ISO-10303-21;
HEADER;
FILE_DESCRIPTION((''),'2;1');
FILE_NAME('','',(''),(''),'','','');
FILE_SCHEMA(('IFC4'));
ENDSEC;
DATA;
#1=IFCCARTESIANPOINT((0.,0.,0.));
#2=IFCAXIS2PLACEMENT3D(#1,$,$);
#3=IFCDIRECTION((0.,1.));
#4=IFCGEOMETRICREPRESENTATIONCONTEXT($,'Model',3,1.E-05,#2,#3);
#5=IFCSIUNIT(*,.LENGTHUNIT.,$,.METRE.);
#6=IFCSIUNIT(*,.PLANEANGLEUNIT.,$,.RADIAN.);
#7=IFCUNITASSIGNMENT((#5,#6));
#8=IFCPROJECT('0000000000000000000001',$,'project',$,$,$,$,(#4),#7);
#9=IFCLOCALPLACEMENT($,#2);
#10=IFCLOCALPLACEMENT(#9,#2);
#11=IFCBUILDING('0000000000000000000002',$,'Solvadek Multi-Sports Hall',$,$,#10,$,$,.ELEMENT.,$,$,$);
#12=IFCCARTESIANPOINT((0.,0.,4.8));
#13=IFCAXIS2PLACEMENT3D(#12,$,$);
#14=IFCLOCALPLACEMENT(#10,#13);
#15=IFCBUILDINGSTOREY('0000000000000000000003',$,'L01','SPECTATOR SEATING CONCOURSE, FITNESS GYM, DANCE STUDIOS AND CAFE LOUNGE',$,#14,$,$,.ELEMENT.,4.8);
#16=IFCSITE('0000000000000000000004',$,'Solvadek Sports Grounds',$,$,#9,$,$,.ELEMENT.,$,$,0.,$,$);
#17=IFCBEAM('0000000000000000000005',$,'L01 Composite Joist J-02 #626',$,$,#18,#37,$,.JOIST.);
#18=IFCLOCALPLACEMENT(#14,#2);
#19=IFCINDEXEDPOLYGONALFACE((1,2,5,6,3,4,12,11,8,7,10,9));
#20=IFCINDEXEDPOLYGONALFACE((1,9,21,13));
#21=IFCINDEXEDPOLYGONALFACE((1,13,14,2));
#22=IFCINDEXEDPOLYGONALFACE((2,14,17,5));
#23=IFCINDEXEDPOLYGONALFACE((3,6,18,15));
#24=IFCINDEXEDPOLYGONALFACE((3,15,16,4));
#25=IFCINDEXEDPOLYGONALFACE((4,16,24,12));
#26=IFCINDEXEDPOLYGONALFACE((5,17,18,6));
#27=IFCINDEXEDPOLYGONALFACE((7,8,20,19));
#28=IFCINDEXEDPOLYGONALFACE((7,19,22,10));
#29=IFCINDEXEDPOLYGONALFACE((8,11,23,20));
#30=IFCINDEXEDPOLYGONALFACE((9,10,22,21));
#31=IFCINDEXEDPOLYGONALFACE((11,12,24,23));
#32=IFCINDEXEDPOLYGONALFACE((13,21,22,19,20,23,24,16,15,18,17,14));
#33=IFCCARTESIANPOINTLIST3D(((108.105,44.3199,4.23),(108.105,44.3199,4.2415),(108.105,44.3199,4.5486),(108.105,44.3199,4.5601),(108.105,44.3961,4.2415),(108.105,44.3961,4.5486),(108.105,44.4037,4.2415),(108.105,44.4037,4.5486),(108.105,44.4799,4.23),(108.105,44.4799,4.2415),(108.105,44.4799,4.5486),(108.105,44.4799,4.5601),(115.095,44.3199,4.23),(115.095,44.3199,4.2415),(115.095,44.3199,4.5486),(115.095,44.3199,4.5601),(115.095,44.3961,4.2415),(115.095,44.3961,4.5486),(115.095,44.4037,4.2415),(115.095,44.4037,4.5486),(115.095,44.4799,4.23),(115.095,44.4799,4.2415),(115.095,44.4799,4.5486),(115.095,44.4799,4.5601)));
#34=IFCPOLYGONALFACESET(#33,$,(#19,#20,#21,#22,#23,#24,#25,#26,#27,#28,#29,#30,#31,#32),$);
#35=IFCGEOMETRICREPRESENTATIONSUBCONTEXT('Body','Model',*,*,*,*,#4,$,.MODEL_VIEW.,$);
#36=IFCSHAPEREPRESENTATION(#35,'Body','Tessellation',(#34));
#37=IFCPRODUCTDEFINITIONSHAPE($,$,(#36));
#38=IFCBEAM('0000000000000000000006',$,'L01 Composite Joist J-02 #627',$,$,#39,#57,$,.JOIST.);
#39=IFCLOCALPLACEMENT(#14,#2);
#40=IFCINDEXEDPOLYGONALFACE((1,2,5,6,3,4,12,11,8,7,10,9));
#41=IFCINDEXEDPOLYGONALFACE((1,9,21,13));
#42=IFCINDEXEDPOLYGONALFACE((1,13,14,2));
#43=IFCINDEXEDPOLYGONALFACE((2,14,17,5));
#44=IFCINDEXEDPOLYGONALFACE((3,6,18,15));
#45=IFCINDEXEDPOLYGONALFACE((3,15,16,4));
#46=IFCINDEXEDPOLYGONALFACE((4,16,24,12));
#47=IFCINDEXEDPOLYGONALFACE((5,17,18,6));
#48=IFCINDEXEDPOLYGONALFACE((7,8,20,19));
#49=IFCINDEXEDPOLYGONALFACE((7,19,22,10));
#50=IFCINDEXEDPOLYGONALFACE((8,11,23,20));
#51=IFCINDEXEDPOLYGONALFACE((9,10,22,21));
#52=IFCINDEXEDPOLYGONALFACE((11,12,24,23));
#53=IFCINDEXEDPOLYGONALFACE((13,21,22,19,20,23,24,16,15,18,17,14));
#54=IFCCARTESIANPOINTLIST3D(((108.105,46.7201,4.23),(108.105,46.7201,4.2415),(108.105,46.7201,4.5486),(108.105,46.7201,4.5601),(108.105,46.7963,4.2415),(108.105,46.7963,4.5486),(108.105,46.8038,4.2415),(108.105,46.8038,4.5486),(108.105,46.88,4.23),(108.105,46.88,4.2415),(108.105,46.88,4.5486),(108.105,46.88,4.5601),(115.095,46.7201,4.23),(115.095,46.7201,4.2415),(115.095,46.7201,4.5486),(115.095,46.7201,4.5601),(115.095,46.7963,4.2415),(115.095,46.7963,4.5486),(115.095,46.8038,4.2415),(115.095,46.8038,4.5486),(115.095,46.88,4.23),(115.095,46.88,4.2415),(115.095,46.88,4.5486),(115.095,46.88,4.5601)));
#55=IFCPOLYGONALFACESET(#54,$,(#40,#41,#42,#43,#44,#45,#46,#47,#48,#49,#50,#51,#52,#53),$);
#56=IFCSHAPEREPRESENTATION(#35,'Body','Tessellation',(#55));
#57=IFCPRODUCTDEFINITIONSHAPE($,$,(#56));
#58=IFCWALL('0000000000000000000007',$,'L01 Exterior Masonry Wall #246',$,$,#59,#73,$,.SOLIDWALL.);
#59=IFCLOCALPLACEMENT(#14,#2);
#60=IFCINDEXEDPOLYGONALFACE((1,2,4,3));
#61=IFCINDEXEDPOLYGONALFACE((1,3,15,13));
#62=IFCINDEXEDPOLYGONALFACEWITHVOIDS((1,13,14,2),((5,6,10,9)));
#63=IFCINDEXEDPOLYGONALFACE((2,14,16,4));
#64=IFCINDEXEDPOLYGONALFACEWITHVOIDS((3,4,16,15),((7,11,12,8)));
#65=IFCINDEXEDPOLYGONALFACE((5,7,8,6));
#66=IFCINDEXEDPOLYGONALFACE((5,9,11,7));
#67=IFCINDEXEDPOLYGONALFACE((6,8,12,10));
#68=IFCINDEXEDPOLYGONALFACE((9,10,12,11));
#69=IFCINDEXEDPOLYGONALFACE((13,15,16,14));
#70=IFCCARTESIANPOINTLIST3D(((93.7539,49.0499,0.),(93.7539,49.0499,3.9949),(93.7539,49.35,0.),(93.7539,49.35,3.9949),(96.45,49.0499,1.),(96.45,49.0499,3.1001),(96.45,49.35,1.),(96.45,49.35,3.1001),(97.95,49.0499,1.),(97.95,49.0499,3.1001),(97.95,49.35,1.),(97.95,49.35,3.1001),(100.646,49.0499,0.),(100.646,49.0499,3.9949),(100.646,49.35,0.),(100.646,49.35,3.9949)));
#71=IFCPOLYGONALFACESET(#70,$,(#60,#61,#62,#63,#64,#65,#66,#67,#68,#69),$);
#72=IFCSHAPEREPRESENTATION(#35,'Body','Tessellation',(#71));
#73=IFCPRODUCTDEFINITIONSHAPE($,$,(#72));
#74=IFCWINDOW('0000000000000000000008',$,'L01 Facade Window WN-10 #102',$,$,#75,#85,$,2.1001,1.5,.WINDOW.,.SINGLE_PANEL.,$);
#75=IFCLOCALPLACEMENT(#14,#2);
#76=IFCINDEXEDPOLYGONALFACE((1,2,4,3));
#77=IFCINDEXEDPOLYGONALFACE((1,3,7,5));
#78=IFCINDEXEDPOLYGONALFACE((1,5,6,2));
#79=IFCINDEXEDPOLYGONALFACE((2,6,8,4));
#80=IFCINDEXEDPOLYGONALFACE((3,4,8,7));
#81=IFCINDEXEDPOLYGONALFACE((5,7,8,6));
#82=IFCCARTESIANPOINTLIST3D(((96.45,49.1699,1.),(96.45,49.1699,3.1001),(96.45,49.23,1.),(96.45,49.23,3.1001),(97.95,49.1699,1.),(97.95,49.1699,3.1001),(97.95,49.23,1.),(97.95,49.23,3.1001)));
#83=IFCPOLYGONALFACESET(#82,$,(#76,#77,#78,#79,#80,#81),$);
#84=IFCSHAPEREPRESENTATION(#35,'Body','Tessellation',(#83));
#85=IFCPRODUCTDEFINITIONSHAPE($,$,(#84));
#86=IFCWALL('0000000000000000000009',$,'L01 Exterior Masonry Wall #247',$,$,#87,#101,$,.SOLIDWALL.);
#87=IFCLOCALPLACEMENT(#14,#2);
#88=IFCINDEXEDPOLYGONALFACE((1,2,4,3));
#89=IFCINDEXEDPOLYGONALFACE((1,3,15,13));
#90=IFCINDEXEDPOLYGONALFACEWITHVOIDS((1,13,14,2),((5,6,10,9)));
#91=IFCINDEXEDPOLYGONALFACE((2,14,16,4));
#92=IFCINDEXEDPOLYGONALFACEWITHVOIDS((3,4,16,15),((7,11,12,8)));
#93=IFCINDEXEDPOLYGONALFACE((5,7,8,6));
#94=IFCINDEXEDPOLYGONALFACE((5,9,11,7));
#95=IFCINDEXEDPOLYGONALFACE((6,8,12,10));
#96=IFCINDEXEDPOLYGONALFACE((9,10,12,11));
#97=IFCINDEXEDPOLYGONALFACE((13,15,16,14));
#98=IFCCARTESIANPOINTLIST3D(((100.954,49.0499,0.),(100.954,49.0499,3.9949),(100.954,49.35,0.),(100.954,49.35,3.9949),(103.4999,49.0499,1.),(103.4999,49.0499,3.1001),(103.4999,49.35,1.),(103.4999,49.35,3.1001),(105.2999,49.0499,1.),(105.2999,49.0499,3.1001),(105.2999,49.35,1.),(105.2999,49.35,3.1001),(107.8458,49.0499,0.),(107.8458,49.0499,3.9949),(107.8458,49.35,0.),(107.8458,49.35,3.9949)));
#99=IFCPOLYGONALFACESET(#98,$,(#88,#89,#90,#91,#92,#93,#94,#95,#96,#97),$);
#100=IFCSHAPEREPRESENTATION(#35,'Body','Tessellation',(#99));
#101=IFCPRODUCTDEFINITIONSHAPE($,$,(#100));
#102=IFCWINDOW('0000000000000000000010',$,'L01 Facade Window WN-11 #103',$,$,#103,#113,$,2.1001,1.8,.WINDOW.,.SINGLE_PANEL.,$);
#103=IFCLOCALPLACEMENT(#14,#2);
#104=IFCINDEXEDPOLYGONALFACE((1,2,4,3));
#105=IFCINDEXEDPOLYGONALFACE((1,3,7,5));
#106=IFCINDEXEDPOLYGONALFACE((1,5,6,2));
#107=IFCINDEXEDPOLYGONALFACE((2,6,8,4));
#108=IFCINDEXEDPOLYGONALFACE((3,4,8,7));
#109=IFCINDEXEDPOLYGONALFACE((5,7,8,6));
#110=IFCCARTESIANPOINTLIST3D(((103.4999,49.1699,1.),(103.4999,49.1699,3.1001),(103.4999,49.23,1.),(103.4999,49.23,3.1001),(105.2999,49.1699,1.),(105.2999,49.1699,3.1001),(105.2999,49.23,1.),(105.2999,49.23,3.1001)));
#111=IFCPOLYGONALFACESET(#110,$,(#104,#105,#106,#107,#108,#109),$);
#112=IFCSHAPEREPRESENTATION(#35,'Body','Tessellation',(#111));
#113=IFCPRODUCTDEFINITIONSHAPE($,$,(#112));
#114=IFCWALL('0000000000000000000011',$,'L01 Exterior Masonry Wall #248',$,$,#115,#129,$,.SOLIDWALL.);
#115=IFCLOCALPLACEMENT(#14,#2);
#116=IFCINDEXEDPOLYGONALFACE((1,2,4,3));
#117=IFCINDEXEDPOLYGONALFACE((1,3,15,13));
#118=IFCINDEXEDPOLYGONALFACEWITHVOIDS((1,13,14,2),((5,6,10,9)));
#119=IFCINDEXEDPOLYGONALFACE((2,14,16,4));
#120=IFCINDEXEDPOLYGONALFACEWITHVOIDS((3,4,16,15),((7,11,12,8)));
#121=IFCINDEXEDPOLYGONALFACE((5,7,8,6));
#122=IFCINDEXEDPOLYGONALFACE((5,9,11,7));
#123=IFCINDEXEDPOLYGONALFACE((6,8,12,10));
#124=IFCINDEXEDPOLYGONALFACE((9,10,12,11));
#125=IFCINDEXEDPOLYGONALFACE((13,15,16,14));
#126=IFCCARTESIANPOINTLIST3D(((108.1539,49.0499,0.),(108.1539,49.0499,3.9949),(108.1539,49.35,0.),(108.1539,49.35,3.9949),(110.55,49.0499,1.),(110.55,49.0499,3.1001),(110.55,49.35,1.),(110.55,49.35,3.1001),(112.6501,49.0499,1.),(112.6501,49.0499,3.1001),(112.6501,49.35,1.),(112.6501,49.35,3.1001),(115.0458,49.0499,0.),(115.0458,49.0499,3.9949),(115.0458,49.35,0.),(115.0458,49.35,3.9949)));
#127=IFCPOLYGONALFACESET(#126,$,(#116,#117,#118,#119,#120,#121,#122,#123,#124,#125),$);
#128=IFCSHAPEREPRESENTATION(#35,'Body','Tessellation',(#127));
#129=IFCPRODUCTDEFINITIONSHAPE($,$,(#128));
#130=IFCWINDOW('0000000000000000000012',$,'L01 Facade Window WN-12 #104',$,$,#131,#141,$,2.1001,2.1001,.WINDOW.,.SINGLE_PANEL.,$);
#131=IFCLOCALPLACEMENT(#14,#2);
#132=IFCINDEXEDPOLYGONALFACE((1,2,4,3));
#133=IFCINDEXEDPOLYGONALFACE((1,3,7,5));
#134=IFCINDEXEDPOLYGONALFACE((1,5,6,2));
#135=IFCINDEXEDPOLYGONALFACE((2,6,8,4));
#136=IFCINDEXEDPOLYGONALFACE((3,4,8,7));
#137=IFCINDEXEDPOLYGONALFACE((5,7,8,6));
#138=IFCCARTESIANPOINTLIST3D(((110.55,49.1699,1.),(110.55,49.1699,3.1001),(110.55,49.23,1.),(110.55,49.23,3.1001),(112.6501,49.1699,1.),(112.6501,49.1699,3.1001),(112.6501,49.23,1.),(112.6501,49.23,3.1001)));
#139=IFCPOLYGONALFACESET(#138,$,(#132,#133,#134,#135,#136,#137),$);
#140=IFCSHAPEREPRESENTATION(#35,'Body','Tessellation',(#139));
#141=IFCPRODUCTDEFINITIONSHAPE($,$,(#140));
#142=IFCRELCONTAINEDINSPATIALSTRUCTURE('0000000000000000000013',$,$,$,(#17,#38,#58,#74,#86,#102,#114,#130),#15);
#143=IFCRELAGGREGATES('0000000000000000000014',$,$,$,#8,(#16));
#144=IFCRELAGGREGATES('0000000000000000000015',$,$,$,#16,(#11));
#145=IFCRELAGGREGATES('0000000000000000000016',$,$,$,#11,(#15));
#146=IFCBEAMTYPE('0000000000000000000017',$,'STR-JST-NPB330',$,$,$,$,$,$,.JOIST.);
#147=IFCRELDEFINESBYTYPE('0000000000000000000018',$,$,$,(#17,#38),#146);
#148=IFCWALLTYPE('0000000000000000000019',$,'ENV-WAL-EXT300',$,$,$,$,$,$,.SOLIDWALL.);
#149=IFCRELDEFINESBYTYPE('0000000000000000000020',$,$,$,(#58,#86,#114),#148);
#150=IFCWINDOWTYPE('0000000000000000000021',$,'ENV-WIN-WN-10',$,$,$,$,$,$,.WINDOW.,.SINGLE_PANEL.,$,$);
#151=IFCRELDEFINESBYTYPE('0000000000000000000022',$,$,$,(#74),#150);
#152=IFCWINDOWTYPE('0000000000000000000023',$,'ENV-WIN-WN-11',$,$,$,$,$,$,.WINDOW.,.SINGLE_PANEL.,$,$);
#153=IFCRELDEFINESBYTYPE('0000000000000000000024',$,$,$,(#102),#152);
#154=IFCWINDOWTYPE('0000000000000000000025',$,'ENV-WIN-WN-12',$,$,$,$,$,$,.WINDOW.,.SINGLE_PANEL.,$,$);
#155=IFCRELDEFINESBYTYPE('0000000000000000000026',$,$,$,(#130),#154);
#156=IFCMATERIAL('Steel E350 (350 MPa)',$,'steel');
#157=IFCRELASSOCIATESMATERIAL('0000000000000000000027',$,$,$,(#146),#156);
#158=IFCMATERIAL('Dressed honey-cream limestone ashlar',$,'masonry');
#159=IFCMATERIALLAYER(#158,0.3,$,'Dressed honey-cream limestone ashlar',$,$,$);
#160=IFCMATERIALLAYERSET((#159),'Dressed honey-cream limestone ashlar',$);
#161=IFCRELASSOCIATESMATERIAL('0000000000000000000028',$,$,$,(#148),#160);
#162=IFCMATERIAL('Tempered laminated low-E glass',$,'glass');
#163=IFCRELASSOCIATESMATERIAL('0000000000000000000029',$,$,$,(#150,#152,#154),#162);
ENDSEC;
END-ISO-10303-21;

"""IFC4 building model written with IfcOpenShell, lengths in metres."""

from ifc_helpers import new_model, si_unit, direction, frame, frame_2d, origin, origin_2d, place, context, subcontext, project, spatial, rectangle, i_section, extrude, material, layer, layer_set, material_profile, profile_set, type_object, element, fill, save


model = new_model("IFC4")

# Units and contexts
model_context = context("Model", 3, precision=1e-05, world=origin(), true_north=direction((0.0, 1.0)))
body_context = subcontext(model_context, "Body", "Model", "MODEL_VIEW")
ifc_project = project(units=[si_unit("LENGTHUNIT", "METRE"), si_unit("PLANEANGLEUNIT", "RADIAN")], contexts=[model_context])

# Site, building, storey
site_placement = place(None, origin())
site = spatial("IfcSite", under=ifc_project, at=site_placement, Name="Solvadek Sports Grounds", CompositionType="ELEMENT", RefElevation=0.0)
building_placement = place(site_placement, origin())
building = spatial("IfcBuilding", under=site, at=building_placement, Name="Solvadek Multi-Sports Hall", CompositionType="ELEMENT")
storey_placement = place(building_placement, frame((0.0, 0.0, 4.8)))
storey = spatial("IfcBuildingStorey", under=building, at=storey_placement, Name="L01", Description="SPECTATOR SEATING CONCOURSE, FITNESS GYM, DANCE STUDIOS AND CAFE LOUNGE", CompositionType="ELEMENT", Elevation=4.8)

# Shared definitions
ifc_material_1 = material(Name="Steel E350 (350 MPa)", Category="steel")

# Beams
ifc_material_profile_1 = material_profile(ifc_material_1, i_section(OverallWidth=0.1599, OverallDepth=0.3301, WebThickness=0.0076, FlangeThickness=0.0115, at=origin_2d()), Name="NPB 330")
ifc_profile_set_1 = profile_set([ifc_material_profile_1], Name="Steel E350 (350 MPa)")
beam_type_1 = type_object("IfcBeamType", Name="STR-JST-NPB330", PredefinedType="JOIST", material=ifc_profile_set_1)
for number, where, z_axis, x_axis, name in (
    (1, (108.105, 44.3999, 4.395), (1.0, 0.0, 0.0), (0.0, 1.0, 0.0), "L01 Composite Joist J-02 #626"),
    (2, (108.105, 46.8, 4.395), (1.0, 0.0, 0.0), (0.0, 1.0, 0.0), "L01 Composite Joist J-02 #627"),
):
    element("IfcBeam", number, at=place(storey_placement, frame(where, z_axis=z_axis, x_axis=x_axis)), inside=storey, type_object=beam_type_1, Name=name, PredefinedType="JOIST", context=body_context, shape_type="SweptSolid", body=[
        extrude(i_section(OverallWidth=0.1599, OverallDepth=0.3301, WebThickness=0.0076, FlangeThickness=0.0115, at=origin_2d()), origin(), (0.0, 0.0, 1.0), 6.99),
    ])

# Walls, openings, windows
ifc_material_2 = material(Name="Dressed honey-cream limestone ashlar", Category="masonry")
ifc_layer = layer(ifc_material_2, 0.3, Name="Dressed honey-cream limestone ashlar")
ifc_layer_set = layer_set([ifc_layer], Name="Dressed honey-cream limestone ashlar")
wall_type = type_object("IfcWallType", Name="ENV-WAL-EXT300", PredefinedType="SOLIDWALL", material=ifc_layer_set)
wall_1_placement = place(storey_placement, frame((93.7539, 49.2, 0.0), z_axis=(0.0, 0.0, 1.0), x_axis=(1.0, 0.0, 0.0)))
wall_1 = element("IfcWall", 3, at=wall_1_placement, inside=storey, type_object=wall_type, Name="L01 Exterior Masonry Wall #246", PredefinedType="SOLIDWALL", context=body_context, shape_type="SweptSolid", body=[
    extrude(rectangle(XDim=6.8921, YDim=0.3, at=frame_2d((3.446, 0.0))), origin(), (0.0, 0.0, 1.0), 3.9949),
])
opening_1_placement = place(wall_1_placement, frame((2.696, 0.0, 1.0)))
opening_1 = element("IfcOpeningElement", 4, at=opening_1_placement, cuts=wall_1, PredefinedType="OPENING", context=body_context, shape_type="SweptSolid", body=[
    extrude(rectangle(XDim=1.5, YDim=2.1001, at=frame_2d((0.75, 1.05))), frame((0.0, 0.1599, 0.0), z_axis=(0.0, -1.0, 0.0), x_axis=(1.0, 0.0, 0.0)), (0.0, 0.0, 1.0), 0.3201),
])
ifc_material_3 = material(Name="Tempered laminated low-E glass", Category="glass")
window_type_1 = type_object("IfcWindowType", Name="ENV-WIN-WN-10", PartitioningType="SINGLE_PANEL", PredefinedType="WINDOW", material=ifc_material_3)
window_1_placement = place(opening_1_placement, origin())
window_1 = element("IfcWindow", 5, at=window_1_placement, inside=storey, type_object=window_type_1, Name="L01 Facade Window WN-10 #102", OverallHeight=2.1001, OverallWidth=1.5, PartitioningType="SINGLE_PANEL", PredefinedType="WINDOW", context=body_context, shape_type="SweptSolid", body=[
    extrude(rectangle(XDim=1.5, YDim=2.1001, at=frame_2d((0.75, 1.05))), frame((0.0, 0.03, 0.0), z_axis=(0.0, -1.0, 0.0), x_axis=(1.0, 0.0, 0.0)), (0.0, 0.0, 1.0), 0.0601),
])
fill(opening_1, window_1)
wall_2_placement = place(storey_placement, frame((100.9541, 49.2, 0.0), z_axis=(0.0, 0.0, 1.0), x_axis=(1.0, 0.0, 0.0)))
wall_2 = element("IfcWall", 6, at=wall_2_placement, inside=storey, type_object=wall_type, Name="L01 Exterior Masonry Wall #247", PredefinedType="SOLIDWALL", context=body_context, shape_type="SweptSolid", body=[
    extrude(rectangle(XDim=6.8918, YDim=0.3, at=frame_2d((3.4458, 0.0))), origin(), (0.0, 0.0, 1.0), 3.9949),
])
opening_2_placement = place(wall_2_placement, frame((2.5459, 0.0, 1.0)))
opening_2 = element("IfcOpeningElement", 7, at=opening_2_placement, cuts=wall_2, PredefinedType="OPENING", context=body_context, shape_type="SweptSolid", body=[
    extrude(rectangle(XDim=1.8, YDim=2.1001, at=frame_2d((0.8999, 1.05))), frame((0.0, 0.1599, 0.0), z_axis=(0.0, -1.0, 0.0), x_axis=(1.0, 0.0, 0.0)), (0.0, 0.0, 1.0), 0.3201),
])
window_type_2 = type_object("IfcWindowType", Name="ENV-WIN-WN-11", PartitioningType="SINGLE_PANEL", PredefinedType="WINDOW", material=ifc_material_3)
window_2_placement = place(opening_2_placement, origin())
window_2 = element("IfcWindow", 8, at=window_2_placement, inside=storey, type_object=window_type_2, Name="L01 Facade Window WN-11 #103", OverallHeight=2.1001, OverallWidth=1.8, PartitioningType="SINGLE_PANEL", PredefinedType="WINDOW", context=body_context, shape_type="SweptSolid", body=[
    extrude(rectangle(XDim=1.8, YDim=2.1001, at=frame_2d((0.8999, 1.05))), frame((0.0, 0.03, 0.0), z_axis=(0.0, -1.0, 0.0), x_axis=(1.0, 0.0, 0.0)), (0.0, 0.0, 1.0), 0.0601),
])
fill(opening_2, window_2)
wall_3_placement = place(storey_placement, frame((108.1541, 49.2, 0.0), z_axis=(0.0, 0.0, 1.0), x_axis=(1.0, 0.0, 0.0)))
wall_3 = element("IfcWall", 9, at=wall_3_placement, inside=storey, type_object=wall_type, Name="L01 Exterior Masonry Wall #248", PredefinedType="SOLIDWALL", context=body_context, shape_type="SweptSolid", body=[
    extrude(rectangle(XDim=6.8918, YDim=0.3, at=frame_2d((3.4458, 0.0))), origin(), (0.0, 0.0, 1.0), 3.9949),
])
opening_3_placement = place(wall_3_placement, frame((2.396, 0.0, 1.0)))
opening_3 = element("IfcOpeningElement", 10, at=opening_3_placement, cuts=wall_3, PredefinedType="OPENING", context=body_context, shape_type="SweptSolid", body=[
    extrude(rectangle(XDim=2.1001, YDim=2.1001, at=frame_2d((1.05, 1.05))), frame((0.0, 0.1599, 0.0), z_axis=(0.0, -1.0, 0.0), x_axis=(1.0, 0.0, 0.0)), (0.0, 0.0, 1.0), 0.3201),
])
window_type_3 = type_object("IfcWindowType", Name="ENV-WIN-WN-12", PartitioningType="SINGLE_PANEL", PredefinedType="WINDOW", material=ifc_material_3)
window_3_placement = place(opening_3_placement, origin())
window_3 = element("IfcWindow", 11, at=window_3_placement, inside=storey, type_object=window_type_3, Name="L01 Facade Window WN-12 #104", OverallHeight=2.1001, OverallWidth=2.1001, PartitioningType="SINGLE_PANEL", PredefinedType="WINDOW", context=body_context, shape_type="SweptSolid", body=[
    extrude(rectangle(XDim=2.1001, YDim=2.1001, at=frame_2d((1.05, 1.05))), frame((0.0, 0.03, 0.0), z_axis=(0.0, -1.0, 0.0), x_axis=(1.0, 0.0, 0.0)), (0.0, 0.0, 1.0), 0.0601),
])
fill(opening_3, window_3)

save(model, "model.ifc")
